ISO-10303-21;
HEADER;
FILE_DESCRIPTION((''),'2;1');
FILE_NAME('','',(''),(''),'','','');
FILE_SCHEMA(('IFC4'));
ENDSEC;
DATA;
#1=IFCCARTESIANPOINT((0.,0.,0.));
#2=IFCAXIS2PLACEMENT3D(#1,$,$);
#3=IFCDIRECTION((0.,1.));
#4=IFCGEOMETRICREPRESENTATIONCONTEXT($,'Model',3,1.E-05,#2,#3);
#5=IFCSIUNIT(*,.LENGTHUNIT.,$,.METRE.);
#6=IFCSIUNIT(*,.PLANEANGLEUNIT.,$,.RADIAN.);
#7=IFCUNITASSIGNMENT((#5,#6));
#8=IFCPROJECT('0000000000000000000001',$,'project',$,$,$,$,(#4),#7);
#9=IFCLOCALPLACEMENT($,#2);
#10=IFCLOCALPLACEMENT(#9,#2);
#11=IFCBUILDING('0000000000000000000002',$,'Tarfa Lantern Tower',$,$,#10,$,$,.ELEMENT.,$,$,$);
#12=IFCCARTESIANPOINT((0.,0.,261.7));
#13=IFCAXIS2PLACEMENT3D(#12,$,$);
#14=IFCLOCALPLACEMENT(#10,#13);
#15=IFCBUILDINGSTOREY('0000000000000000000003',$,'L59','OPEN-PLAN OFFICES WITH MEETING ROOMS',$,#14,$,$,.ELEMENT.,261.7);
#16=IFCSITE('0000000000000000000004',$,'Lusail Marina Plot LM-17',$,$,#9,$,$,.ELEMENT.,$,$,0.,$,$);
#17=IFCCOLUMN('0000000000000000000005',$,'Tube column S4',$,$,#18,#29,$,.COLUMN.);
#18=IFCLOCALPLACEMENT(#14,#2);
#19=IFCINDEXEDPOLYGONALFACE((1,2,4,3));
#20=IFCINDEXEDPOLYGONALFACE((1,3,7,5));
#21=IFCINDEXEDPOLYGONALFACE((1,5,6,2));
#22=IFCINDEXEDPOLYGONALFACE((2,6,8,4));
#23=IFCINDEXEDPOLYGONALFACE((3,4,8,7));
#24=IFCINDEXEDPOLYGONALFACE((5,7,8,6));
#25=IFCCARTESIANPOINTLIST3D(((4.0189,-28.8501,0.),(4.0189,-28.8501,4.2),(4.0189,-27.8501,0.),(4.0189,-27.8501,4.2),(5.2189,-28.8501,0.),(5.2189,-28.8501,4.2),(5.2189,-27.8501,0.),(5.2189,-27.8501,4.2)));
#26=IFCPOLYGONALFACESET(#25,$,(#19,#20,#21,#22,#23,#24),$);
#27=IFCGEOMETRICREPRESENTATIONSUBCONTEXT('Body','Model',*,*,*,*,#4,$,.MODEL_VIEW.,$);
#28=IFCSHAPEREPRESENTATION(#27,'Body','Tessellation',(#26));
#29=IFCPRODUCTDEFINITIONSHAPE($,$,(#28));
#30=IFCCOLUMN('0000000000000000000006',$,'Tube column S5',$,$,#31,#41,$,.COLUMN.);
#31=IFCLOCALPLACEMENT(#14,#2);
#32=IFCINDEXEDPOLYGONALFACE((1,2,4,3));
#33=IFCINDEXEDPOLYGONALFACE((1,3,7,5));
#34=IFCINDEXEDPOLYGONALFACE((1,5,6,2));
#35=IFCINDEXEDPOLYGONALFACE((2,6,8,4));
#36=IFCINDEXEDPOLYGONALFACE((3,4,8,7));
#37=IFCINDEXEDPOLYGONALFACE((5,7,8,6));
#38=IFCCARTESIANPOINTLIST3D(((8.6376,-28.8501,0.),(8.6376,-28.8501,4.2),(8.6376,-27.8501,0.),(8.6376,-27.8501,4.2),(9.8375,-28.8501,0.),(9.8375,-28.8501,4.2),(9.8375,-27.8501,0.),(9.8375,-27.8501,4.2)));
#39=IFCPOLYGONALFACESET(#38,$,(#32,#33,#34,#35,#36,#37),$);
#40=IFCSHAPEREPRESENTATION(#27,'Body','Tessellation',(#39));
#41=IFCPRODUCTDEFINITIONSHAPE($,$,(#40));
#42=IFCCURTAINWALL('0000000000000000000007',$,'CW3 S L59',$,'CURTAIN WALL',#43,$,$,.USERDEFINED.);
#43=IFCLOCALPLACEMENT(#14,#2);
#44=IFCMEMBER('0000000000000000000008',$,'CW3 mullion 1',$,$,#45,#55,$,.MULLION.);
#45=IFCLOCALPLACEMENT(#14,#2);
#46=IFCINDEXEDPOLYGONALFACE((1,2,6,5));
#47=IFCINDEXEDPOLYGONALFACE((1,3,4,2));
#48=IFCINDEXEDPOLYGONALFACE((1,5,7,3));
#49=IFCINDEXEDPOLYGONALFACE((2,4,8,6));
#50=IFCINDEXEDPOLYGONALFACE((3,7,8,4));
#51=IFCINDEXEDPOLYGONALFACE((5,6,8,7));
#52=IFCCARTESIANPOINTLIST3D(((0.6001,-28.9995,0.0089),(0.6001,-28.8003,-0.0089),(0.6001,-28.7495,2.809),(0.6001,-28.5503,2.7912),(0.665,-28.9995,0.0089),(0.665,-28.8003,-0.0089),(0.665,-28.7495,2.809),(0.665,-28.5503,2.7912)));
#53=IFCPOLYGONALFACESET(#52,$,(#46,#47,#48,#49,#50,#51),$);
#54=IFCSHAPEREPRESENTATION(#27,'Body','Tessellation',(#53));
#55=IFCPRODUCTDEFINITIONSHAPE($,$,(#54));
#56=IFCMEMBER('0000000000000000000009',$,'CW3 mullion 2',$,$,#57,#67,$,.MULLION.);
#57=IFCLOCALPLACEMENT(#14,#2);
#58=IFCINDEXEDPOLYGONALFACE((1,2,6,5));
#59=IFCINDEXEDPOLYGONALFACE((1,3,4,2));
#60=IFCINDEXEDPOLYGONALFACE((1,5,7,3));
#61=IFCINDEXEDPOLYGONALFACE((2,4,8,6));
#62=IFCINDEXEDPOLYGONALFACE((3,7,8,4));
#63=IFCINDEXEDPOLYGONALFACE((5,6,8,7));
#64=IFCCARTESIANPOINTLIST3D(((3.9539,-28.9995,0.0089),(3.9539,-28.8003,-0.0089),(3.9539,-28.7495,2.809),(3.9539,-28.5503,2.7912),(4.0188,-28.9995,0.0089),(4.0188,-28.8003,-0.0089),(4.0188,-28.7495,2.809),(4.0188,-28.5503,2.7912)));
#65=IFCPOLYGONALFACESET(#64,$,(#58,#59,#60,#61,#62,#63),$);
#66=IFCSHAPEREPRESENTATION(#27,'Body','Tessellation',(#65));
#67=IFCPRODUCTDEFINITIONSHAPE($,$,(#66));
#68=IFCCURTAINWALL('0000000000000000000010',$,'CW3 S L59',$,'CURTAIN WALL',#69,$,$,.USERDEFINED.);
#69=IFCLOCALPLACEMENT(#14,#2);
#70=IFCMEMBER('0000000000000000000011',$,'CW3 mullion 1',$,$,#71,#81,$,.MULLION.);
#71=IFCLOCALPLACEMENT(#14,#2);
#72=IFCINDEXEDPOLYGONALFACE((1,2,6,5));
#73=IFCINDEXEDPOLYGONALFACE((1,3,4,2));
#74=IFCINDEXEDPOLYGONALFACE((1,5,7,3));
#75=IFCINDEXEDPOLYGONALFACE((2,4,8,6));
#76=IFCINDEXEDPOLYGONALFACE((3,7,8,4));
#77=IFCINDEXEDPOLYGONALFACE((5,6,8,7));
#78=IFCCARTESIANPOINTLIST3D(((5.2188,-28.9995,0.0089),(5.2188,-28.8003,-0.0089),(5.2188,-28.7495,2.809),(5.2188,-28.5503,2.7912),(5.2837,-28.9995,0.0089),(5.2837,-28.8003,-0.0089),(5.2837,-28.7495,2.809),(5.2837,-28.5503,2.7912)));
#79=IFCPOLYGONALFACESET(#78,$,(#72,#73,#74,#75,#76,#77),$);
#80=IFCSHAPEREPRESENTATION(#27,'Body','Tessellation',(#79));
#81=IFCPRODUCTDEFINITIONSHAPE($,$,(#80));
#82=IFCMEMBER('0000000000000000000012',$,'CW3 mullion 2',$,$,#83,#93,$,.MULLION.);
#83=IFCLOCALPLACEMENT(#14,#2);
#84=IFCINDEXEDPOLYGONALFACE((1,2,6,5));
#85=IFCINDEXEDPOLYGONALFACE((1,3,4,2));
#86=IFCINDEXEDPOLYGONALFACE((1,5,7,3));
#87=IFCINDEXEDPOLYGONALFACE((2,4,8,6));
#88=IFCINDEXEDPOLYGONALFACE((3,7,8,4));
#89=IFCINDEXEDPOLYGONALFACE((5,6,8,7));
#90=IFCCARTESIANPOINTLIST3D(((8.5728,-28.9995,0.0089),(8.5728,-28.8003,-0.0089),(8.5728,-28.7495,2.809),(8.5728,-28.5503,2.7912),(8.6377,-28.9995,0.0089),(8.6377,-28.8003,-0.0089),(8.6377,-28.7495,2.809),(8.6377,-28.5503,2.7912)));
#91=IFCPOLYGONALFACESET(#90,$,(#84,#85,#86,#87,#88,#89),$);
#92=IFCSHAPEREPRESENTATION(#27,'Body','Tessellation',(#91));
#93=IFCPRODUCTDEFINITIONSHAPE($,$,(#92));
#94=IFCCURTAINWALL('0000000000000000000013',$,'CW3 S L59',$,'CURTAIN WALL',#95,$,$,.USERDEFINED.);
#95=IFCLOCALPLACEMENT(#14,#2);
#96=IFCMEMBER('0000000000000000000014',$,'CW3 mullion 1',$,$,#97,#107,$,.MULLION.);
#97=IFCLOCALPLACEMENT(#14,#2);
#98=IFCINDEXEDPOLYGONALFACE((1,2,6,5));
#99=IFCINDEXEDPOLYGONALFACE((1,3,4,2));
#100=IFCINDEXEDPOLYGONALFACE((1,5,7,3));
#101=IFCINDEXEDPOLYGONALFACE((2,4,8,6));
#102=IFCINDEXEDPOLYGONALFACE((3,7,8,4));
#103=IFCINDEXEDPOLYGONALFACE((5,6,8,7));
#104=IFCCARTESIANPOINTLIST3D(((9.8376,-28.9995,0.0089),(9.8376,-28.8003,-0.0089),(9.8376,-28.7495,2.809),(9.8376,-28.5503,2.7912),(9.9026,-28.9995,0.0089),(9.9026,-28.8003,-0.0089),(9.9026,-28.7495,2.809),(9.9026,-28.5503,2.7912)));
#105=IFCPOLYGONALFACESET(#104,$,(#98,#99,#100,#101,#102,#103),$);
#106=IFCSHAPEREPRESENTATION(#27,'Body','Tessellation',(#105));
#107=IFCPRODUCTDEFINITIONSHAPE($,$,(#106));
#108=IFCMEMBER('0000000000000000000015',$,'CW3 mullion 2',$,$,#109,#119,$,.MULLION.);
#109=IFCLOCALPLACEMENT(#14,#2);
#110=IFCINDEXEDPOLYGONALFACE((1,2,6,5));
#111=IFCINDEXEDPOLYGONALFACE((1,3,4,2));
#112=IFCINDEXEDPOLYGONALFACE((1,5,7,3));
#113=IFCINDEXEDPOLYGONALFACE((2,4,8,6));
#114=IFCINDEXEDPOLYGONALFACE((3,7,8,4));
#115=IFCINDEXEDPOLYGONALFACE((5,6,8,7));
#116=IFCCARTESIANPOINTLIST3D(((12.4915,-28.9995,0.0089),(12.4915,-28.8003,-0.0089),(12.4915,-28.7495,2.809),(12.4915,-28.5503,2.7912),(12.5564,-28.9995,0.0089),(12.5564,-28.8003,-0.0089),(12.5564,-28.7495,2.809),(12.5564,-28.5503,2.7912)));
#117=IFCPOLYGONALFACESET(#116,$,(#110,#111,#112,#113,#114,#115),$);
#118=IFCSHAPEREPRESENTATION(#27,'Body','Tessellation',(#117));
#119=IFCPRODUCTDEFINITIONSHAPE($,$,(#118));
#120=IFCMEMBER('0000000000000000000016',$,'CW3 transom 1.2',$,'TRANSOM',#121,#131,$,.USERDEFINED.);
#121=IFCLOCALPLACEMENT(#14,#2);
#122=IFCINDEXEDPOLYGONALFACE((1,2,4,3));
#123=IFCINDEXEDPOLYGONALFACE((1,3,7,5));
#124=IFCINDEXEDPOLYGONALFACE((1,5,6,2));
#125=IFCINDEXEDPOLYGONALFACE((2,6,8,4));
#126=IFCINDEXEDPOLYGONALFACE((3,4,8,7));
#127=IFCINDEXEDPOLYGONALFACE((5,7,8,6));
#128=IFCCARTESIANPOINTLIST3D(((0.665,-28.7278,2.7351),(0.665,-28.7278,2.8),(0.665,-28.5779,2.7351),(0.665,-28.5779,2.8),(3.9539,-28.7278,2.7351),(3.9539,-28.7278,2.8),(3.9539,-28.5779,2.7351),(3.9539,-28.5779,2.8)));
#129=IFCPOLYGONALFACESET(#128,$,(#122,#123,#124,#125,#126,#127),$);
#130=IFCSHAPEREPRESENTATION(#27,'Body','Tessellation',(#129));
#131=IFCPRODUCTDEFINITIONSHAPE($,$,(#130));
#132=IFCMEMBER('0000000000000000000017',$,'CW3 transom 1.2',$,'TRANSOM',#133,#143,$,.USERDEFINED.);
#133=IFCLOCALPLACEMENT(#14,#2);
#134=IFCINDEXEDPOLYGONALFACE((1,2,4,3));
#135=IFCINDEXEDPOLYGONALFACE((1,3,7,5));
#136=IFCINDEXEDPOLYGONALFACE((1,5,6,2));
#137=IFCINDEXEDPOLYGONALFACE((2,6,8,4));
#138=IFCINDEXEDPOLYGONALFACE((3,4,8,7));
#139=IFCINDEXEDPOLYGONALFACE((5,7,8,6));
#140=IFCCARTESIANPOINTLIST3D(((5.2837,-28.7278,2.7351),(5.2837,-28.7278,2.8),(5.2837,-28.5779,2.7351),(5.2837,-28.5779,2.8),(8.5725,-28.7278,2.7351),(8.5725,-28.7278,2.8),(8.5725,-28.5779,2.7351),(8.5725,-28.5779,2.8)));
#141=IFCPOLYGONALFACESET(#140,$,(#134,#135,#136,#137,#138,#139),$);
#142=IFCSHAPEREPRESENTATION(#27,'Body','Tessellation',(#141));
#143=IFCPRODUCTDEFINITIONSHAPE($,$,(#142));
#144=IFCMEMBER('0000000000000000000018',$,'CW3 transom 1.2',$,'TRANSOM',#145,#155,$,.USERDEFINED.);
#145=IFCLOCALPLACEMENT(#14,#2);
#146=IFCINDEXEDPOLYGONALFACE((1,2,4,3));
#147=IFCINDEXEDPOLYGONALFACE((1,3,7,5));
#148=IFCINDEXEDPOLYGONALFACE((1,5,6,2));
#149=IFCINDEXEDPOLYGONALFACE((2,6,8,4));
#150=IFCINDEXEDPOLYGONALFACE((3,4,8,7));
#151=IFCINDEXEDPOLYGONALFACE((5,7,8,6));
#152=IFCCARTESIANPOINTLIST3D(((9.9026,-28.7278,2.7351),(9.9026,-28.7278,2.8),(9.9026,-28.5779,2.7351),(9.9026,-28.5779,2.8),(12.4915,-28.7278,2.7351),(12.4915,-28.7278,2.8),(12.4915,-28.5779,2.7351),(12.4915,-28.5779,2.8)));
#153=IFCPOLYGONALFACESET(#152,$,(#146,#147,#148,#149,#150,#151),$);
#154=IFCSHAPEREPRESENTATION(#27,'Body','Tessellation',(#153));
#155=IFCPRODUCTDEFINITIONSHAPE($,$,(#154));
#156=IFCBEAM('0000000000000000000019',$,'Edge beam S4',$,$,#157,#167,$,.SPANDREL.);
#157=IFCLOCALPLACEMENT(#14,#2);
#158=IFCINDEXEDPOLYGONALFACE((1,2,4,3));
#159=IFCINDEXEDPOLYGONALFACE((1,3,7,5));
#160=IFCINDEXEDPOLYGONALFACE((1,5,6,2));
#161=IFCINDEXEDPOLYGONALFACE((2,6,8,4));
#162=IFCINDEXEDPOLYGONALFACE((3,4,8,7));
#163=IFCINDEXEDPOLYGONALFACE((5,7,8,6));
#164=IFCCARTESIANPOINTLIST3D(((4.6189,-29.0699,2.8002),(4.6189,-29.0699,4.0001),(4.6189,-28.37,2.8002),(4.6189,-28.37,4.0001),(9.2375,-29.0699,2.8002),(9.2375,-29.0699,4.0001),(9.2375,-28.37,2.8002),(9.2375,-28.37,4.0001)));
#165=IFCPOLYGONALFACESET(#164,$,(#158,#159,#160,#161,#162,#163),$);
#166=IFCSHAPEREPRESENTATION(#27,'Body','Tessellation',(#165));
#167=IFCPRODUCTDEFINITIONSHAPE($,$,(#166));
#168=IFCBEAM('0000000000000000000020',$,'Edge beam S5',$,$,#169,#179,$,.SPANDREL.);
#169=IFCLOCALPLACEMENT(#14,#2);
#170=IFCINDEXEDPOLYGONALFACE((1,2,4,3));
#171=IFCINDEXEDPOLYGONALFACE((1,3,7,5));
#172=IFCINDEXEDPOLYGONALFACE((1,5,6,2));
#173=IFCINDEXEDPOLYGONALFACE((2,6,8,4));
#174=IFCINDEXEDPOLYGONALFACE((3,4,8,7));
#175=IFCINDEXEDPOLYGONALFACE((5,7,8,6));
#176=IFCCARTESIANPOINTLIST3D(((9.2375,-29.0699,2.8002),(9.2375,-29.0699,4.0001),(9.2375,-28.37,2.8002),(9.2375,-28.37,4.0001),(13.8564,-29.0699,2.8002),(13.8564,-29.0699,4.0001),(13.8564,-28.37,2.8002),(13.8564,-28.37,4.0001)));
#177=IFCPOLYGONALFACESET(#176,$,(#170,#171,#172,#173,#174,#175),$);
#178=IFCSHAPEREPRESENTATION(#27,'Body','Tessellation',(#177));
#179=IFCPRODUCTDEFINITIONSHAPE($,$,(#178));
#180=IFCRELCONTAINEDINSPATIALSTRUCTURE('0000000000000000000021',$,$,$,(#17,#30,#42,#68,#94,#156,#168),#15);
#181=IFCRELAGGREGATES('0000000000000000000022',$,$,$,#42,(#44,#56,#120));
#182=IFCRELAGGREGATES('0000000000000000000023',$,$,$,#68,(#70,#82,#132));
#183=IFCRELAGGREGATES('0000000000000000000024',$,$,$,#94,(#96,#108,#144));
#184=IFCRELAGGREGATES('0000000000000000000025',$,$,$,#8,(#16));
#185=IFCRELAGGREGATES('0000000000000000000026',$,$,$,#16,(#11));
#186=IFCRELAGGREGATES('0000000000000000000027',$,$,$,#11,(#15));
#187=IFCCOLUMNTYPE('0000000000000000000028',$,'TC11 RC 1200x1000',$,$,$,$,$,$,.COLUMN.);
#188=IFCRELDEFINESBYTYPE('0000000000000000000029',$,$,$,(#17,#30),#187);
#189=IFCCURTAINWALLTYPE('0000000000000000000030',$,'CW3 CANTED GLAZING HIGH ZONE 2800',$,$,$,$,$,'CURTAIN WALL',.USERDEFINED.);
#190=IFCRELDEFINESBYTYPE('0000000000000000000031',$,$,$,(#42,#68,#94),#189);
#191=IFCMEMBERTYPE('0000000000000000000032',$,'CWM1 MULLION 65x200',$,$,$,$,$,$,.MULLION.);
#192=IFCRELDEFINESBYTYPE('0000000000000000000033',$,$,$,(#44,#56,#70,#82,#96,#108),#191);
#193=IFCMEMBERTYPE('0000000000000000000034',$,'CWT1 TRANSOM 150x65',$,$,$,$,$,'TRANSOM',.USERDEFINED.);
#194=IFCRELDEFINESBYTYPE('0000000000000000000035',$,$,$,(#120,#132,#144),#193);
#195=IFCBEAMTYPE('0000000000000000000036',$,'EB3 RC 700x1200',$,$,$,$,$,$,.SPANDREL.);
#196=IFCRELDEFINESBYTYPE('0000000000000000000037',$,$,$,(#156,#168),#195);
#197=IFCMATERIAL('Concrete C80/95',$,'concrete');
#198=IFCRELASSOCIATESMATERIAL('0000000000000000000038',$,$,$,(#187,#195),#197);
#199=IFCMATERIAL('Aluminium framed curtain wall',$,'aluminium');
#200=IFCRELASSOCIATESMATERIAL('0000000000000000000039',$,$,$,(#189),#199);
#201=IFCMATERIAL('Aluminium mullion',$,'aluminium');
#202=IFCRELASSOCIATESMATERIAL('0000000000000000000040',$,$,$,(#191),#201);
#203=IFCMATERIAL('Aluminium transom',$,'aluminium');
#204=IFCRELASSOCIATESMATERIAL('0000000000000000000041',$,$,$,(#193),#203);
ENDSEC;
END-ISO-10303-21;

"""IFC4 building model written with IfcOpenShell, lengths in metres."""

from ifc_helpers import new_model, si_unit, direction, frame, origin, origin_2d, place, context, subcontext, project, spatial, rectangle, extrude, material, material_profile, profile_set, type_object, element, aggregate, save


model = new_model("IFC4")

# Units and contexts
model_context = context("Model", 3, precision=1e-05, world=origin(), true_north=direction((0.0, 1.0)))
body_context = subcontext(model_context, "Body", "Model", "MODEL_VIEW")
ifc_project = project(units=[si_unit("LENGTHUNIT", "METRE"), si_unit("PLANEANGLEUNIT", "RADIAN")], contexts=[model_context])

# Site, building, storey
site_placement = place(None, origin())
site = spatial("IfcSite", under=ifc_project, at=site_placement, Name="Lusail Marina Plot LM-17", CompositionType="ELEMENT", RefElevation=0.0)
building_placement = place(site_placement, origin())
building = spatial("IfcBuilding", under=site, at=building_placement, Name="Tarfa Lantern Tower", CompositionType="ELEMENT")
storey_placement = place(building_placement, frame((0.0, 0.0, 261.7)))
storey = spatial("IfcBuildingStorey", under=building, at=storey_placement, Name="L59", Description="OPEN-PLAN OFFICES WITH MEETING ROOMS", CompositionType="ELEMENT", Elevation=261.7)

# Columns
ifc_material_1 = material(Name="Concrete C80/95", Category="concrete")
ifc_material_profile_1 = material_profile(ifc_material_1, rectangle(XDim=1.2, YDim=1.0, at=origin_2d()), Name="RC 1200x1000")
ifc_profile_set_1 = profile_set([ifc_material_profile_1], Name="Concrete C80/95")
column_type = type_object("IfcColumnType", Name="TC11 RC 1200x1000", PredefinedType="COLUMN", material=ifc_profile_set_1)
for number, where, z_axis, x_axis, name in (
    (1, (4.6189, -28.3501, 0.0), (0.0, 0.0, 1.0), (1.0, 0.0, 0.0), "Tube column S4"),
    (2, (9.2375, -28.3501, 0.0), (0.0, 0.0, 1.0), (1.0, 0.0, 0.0), "Tube column S5"),
):
    element("IfcColumn", number, at=place(storey_placement, frame(where, z_axis=z_axis, x_axis=x_axis)), inside=storey, type_object=column_type, Name=name, PredefinedType="COLUMN", context=body_context, shape_type="SweptSolid", body=[
        extrude(rectangle(XDim=1.2, YDim=1.0, at=origin_2d()), origin(), (0.0, 0.0, 1.0), 4.2),
    ])

# Curtain walls, members
ifc_material_2 = material(Name="Aluminium framed curtain wall", Category="aluminium")
curtain_wall_type = type_object("IfcCurtainWallType", Name="CW3 CANTED GLAZING HIGH ZONE 2800", ElementType="CURTAIN WALL", PredefinedType="USERDEFINED", material=ifc_material_2)
curtain_wall_1_placement = place(storey_placement, origin())
curtain_wall_1 = element("IfcCurtainWall", 3, at=curtain_wall_1_placement, inside=storey, type_object=curtain_wall_type, Name="CW3 S L59", ObjectType="CURTAIN WALL", PredefinedType="USERDEFINED")
ifc_material_3 = material(Name="Aluminium mullion", Category="aluminium")
ifc_material_profile_2 = material_profile(ifc_material_3, rectangle(XDim=0.0649, YDim=0.2, at=origin_2d()), Name="AL MULLION 65x200")
ifc_profile_set_2 = profile_set([ifc_material_profile_2], Name="Aluminium mullion")
member_type_1 = type_object("IfcMemberType", Name="CWM1 MULLION 65x200", PredefinedType="MULLION", material=ifc_profile_set_2)
member_1_placement = place(storey_placement, frame((0.6326, -28.8999, 0.0), z_axis=(0.0, 0.08893, 0.996038), x_axis=(-1.0, 0.0, 0.0)))
member_1 = element("IfcMember", 4, at=member_1_placement, type_object=member_type_1, Name="CW3 mullion 1", PredefinedType="MULLION", context=body_context, shape_type="SweptSolid", body=[
    extrude(rectangle(XDim=0.0649, YDim=0.2, at=origin_2d()), origin(), (0.0, 0.0, 1.0), 2.8113),
])
member_2_placement = place(storey_placement, frame((3.9863, -28.8999, 0.0), z_axis=(0.0, 0.08893, 0.996038), x_axis=(-1.0, 0.0, 0.0)))
member_2 = element("IfcMember", 5, at=member_2_placement, type_object=member_type_1, Name="CW3 mullion 2", PredefinedType="MULLION", context=body_context, shape_type="SweptSolid", body=[
    extrude(rectangle(XDim=0.0649, YDim=0.2, at=origin_2d()), origin(), (0.0, 0.0, 1.0), 2.8113),
])
curtain_wall_2_placement = place(storey_placement, origin())
curtain_wall_2 = element("IfcCurtainWall", 6, at=curtain_wall_2_placement, inside=storey, type_object=curtain_wall_type, Name="CW3 S L59", ObjectType="CURTAIN WALL", PredefinedType="USERDEFINED")
member_3_placement = place(storey_placement, frame((5.2512, -28.8999, 0.0), z_axis=(0.0, 0.08893, 0.996038), x_axis=(-1.0, 0.0, 0.0)))
member_3 = element("IfcMember", 7, at=member_3_placement, type_object=member_type_1, Name="CW3 mullion 1", PredefinedType="MULLION", context=body_context, shape_type="SweptSolid", body=[
    extrude(rectangle(XDim=0.0649, YDim=0.2, at=origin_2d()), origin(), (0.0, 0.0, 1.0), 2.8113),
])
member_4_placement = place(storey_placement, frame((8.6052, -28.8999, 0.0), z_axis=(0.0, 0.08893, 0.996038), x_axis=(-1.0, 0.0, 0.0)))
member_4 = element("IfcMember", 8, at=member_4_placement, type_object=member_type_1, Name="CW3 mullion 2", PredefinedType="MULLION", context=body_context, shape_type="SweptSolid", body=[
    extrude(rectangle(XDim=0.0649, YDim=0.2, at=origin_2d()), origin(), (0.0, 0.0, 1.0), 2.8113),
])
curtain_wall_3_placement = place(storey_placement, origin())
curtain_wall_3 = element("IfcCurtainWall", 9, at=curtain_wall_3_placement, inside=storey, type_object=curtain_wall_type, Name="CW3 S L59", ObjectType="CURTAIN WALL", PredefinedType="USERDEFINED")
member_5_placement = place(storey_placement, frame((9.8701, -28.8999, 0.0), z_axis=(0.0, 0.08893, 0.996038), x_axis=(-1.0, 0.0, 0.0)))
member_5 = element("IfcMember", 10, at=member_5_placement, type_object=member_type_1, Name="CW3 mullion 1", PredefinedType="MULLION", context=body_context, shape_type="SweptSolid", body=[
    extrude(rectangle(XDim=0.0649, YDim=0.2, at=origin_2d()), origin(), (0.0, 0.0, 1.0), 2.8113),
])
member_6_placement = place(storey_placement, frame((12.5239, -28.8999, 0.0), z_axis=(0.0, 0.08893, 0.996038), x_axis=(-1.0, 0.0, 0.0)))
member_6 = element("IfcMember", 11, at=member_6_placement, type_object=member_type_1, Name="CW3 mullion 2", PredefinedType="MULLION", context=body_context, shape_type="SweptSolid", body=[
    extrude(rectangle(XDim=0.0649, YDim=0.2, at=origin_2d()), origin(), (0.0, 0.0, 1.0), 2.8113),
])

# Members
ifc_material_4 = material(Name="Aluminium transom", Category="aluminium")
ifc_material_profile_3 = material_profile(ifc_material_4, rectangle(XDim=0.1499, YDim=0.0649, at=origin_2d()), Name="AL TRANSOM 150x65")
ifc_profile_set_3 = profile_set([ifc_material_profile_3], Name="Aluminium transom")
member_type_2 = type_object("IfcMemberType", Name="CWT1 TRANSOM 150x65", ElementType="TRANSOM", PredefinedType="USERDEFINED", material=ifc_profile_set_3)
member_7_placement = place(storey_placement, frame((0.665, -28.6528, 2.7676), z_axis=(1.0, 0.0, 0.0), x_axis=(0.0, 1.0, 0.0)))
member_7 = element("IfcMember", 12, at=member_7_placement, type_object=member_type_2, Name="CW3 transom 1.2", ObjectType="TRANSOM", PredefinedType="USERDEFINED", context=body_context, shape_type="SweptSolid", body=[
    extrude(rectangle(XDim=0.1499, YDim=0.0649, at=origin_2d()), origin(), (0.0, 0.0, 1.0), 3.2888),
])
member_8_placement = place(storey_placement, frame((5.2837, -28.6528, 2.7676), z_axis=(1.0, 0.0, 0.0), x_axis=(0.0, 1.0, 0.0)))
member_8 = element("IfcMember", 13, at=member_8_placement, type_object=member_type_2, Name="CW3 transom 1.2", ObjectType="TRANSOM", PredefinedType="USERDEFINED", context=body_context, shape_type="SweptSolid", body=[
    extrude(rectangle(XDim=0.1499, YDim=0.0649, at=origin_2d()), origin(), (0.0, 0.0, 1.0), 3.2888),
])
member_9_placement = place(storey_placement, frame((9.9026, -28.6528, 2.7676), z_axis=(1.0, 0.0, 0.0), x_axis=(0.0, 1.0, 0.0)))
member_9 = element("IfcMember", 14, at=member_9_placement, type_object=member_type_2, Name="CW3 transom 1.2", ObjectType="TRANSOM", PredefinedType="USERDEFINED", context=body_context, shape_type="SweptSolid", body=[
    extrude(rectangle(XDim=0.1499, YDim=0.0649, at=origin_2d()), origin(), (0.0, 0.0, 1.0), 2.5889),
])

# Beams
ifc_material_profile_4 = material_profile(ifc_material_1, rectangle(XDim=0.7, YDim=1.2, at=origin_2d()), Name="RC 700x1200")
ifc_profile_set_4 = profile_set([ifc_material_profile_4], Name="Concrete C80/95")
beam_type_1 = type_object("IfcBeamType", Name="EB3 RC 700x1200", PredefinedType="SPANDREL", material=ifc_profile_set_4)
beam_1_placement = place(storey_placement, frame((4.6189, -28.72, 3.4001), z_axis=(1.0, 0.0, 0.0), x_axis=(0.0, 1.0, 0.0)))
element("IfcBeam", 15, at=beam_1_placement, inside=storey, type_object=beam_type_1, Name="Edge beam S4", PredefinedType="SPANDREL", context=body_context, shape_type="SweptSolid", body=[
    extrude(rectangle(XDim=0.7, YDim=1.2, at=origin_2d()), origin(), (0.0, 0.0, 1.0), 4.6187),
])
beam_2_placement = place(storey_placement, frame((9.2375, -28.72, 3.4001), z_axis=(1.0, 0.0, 0.0), x_axis=(0.0, 1.0, 0.0)))
element("IfcBeam", 16, at=beam_2_placement, inside=storey, type_object=beam_type_1, Name="Edge beam S5", PredefinedType="SPANDREL", context=body_context, shape_type="SweptSolid", body=[
    extrude(rectangle(XDim=0.7, YDim=1.2, at=origin_2d()), origin(), (0.0, 0.0, 1.0), 4.6189),
])

aggregate(curtain_wall_1, [member_1, member_2, member_7])
aggregate(curtain_wall_2, [member_3, member_4, member_8])
aggregate(curtain_wall_3, [member_5, member_6, member_9])

save(model, "model.ifc")
